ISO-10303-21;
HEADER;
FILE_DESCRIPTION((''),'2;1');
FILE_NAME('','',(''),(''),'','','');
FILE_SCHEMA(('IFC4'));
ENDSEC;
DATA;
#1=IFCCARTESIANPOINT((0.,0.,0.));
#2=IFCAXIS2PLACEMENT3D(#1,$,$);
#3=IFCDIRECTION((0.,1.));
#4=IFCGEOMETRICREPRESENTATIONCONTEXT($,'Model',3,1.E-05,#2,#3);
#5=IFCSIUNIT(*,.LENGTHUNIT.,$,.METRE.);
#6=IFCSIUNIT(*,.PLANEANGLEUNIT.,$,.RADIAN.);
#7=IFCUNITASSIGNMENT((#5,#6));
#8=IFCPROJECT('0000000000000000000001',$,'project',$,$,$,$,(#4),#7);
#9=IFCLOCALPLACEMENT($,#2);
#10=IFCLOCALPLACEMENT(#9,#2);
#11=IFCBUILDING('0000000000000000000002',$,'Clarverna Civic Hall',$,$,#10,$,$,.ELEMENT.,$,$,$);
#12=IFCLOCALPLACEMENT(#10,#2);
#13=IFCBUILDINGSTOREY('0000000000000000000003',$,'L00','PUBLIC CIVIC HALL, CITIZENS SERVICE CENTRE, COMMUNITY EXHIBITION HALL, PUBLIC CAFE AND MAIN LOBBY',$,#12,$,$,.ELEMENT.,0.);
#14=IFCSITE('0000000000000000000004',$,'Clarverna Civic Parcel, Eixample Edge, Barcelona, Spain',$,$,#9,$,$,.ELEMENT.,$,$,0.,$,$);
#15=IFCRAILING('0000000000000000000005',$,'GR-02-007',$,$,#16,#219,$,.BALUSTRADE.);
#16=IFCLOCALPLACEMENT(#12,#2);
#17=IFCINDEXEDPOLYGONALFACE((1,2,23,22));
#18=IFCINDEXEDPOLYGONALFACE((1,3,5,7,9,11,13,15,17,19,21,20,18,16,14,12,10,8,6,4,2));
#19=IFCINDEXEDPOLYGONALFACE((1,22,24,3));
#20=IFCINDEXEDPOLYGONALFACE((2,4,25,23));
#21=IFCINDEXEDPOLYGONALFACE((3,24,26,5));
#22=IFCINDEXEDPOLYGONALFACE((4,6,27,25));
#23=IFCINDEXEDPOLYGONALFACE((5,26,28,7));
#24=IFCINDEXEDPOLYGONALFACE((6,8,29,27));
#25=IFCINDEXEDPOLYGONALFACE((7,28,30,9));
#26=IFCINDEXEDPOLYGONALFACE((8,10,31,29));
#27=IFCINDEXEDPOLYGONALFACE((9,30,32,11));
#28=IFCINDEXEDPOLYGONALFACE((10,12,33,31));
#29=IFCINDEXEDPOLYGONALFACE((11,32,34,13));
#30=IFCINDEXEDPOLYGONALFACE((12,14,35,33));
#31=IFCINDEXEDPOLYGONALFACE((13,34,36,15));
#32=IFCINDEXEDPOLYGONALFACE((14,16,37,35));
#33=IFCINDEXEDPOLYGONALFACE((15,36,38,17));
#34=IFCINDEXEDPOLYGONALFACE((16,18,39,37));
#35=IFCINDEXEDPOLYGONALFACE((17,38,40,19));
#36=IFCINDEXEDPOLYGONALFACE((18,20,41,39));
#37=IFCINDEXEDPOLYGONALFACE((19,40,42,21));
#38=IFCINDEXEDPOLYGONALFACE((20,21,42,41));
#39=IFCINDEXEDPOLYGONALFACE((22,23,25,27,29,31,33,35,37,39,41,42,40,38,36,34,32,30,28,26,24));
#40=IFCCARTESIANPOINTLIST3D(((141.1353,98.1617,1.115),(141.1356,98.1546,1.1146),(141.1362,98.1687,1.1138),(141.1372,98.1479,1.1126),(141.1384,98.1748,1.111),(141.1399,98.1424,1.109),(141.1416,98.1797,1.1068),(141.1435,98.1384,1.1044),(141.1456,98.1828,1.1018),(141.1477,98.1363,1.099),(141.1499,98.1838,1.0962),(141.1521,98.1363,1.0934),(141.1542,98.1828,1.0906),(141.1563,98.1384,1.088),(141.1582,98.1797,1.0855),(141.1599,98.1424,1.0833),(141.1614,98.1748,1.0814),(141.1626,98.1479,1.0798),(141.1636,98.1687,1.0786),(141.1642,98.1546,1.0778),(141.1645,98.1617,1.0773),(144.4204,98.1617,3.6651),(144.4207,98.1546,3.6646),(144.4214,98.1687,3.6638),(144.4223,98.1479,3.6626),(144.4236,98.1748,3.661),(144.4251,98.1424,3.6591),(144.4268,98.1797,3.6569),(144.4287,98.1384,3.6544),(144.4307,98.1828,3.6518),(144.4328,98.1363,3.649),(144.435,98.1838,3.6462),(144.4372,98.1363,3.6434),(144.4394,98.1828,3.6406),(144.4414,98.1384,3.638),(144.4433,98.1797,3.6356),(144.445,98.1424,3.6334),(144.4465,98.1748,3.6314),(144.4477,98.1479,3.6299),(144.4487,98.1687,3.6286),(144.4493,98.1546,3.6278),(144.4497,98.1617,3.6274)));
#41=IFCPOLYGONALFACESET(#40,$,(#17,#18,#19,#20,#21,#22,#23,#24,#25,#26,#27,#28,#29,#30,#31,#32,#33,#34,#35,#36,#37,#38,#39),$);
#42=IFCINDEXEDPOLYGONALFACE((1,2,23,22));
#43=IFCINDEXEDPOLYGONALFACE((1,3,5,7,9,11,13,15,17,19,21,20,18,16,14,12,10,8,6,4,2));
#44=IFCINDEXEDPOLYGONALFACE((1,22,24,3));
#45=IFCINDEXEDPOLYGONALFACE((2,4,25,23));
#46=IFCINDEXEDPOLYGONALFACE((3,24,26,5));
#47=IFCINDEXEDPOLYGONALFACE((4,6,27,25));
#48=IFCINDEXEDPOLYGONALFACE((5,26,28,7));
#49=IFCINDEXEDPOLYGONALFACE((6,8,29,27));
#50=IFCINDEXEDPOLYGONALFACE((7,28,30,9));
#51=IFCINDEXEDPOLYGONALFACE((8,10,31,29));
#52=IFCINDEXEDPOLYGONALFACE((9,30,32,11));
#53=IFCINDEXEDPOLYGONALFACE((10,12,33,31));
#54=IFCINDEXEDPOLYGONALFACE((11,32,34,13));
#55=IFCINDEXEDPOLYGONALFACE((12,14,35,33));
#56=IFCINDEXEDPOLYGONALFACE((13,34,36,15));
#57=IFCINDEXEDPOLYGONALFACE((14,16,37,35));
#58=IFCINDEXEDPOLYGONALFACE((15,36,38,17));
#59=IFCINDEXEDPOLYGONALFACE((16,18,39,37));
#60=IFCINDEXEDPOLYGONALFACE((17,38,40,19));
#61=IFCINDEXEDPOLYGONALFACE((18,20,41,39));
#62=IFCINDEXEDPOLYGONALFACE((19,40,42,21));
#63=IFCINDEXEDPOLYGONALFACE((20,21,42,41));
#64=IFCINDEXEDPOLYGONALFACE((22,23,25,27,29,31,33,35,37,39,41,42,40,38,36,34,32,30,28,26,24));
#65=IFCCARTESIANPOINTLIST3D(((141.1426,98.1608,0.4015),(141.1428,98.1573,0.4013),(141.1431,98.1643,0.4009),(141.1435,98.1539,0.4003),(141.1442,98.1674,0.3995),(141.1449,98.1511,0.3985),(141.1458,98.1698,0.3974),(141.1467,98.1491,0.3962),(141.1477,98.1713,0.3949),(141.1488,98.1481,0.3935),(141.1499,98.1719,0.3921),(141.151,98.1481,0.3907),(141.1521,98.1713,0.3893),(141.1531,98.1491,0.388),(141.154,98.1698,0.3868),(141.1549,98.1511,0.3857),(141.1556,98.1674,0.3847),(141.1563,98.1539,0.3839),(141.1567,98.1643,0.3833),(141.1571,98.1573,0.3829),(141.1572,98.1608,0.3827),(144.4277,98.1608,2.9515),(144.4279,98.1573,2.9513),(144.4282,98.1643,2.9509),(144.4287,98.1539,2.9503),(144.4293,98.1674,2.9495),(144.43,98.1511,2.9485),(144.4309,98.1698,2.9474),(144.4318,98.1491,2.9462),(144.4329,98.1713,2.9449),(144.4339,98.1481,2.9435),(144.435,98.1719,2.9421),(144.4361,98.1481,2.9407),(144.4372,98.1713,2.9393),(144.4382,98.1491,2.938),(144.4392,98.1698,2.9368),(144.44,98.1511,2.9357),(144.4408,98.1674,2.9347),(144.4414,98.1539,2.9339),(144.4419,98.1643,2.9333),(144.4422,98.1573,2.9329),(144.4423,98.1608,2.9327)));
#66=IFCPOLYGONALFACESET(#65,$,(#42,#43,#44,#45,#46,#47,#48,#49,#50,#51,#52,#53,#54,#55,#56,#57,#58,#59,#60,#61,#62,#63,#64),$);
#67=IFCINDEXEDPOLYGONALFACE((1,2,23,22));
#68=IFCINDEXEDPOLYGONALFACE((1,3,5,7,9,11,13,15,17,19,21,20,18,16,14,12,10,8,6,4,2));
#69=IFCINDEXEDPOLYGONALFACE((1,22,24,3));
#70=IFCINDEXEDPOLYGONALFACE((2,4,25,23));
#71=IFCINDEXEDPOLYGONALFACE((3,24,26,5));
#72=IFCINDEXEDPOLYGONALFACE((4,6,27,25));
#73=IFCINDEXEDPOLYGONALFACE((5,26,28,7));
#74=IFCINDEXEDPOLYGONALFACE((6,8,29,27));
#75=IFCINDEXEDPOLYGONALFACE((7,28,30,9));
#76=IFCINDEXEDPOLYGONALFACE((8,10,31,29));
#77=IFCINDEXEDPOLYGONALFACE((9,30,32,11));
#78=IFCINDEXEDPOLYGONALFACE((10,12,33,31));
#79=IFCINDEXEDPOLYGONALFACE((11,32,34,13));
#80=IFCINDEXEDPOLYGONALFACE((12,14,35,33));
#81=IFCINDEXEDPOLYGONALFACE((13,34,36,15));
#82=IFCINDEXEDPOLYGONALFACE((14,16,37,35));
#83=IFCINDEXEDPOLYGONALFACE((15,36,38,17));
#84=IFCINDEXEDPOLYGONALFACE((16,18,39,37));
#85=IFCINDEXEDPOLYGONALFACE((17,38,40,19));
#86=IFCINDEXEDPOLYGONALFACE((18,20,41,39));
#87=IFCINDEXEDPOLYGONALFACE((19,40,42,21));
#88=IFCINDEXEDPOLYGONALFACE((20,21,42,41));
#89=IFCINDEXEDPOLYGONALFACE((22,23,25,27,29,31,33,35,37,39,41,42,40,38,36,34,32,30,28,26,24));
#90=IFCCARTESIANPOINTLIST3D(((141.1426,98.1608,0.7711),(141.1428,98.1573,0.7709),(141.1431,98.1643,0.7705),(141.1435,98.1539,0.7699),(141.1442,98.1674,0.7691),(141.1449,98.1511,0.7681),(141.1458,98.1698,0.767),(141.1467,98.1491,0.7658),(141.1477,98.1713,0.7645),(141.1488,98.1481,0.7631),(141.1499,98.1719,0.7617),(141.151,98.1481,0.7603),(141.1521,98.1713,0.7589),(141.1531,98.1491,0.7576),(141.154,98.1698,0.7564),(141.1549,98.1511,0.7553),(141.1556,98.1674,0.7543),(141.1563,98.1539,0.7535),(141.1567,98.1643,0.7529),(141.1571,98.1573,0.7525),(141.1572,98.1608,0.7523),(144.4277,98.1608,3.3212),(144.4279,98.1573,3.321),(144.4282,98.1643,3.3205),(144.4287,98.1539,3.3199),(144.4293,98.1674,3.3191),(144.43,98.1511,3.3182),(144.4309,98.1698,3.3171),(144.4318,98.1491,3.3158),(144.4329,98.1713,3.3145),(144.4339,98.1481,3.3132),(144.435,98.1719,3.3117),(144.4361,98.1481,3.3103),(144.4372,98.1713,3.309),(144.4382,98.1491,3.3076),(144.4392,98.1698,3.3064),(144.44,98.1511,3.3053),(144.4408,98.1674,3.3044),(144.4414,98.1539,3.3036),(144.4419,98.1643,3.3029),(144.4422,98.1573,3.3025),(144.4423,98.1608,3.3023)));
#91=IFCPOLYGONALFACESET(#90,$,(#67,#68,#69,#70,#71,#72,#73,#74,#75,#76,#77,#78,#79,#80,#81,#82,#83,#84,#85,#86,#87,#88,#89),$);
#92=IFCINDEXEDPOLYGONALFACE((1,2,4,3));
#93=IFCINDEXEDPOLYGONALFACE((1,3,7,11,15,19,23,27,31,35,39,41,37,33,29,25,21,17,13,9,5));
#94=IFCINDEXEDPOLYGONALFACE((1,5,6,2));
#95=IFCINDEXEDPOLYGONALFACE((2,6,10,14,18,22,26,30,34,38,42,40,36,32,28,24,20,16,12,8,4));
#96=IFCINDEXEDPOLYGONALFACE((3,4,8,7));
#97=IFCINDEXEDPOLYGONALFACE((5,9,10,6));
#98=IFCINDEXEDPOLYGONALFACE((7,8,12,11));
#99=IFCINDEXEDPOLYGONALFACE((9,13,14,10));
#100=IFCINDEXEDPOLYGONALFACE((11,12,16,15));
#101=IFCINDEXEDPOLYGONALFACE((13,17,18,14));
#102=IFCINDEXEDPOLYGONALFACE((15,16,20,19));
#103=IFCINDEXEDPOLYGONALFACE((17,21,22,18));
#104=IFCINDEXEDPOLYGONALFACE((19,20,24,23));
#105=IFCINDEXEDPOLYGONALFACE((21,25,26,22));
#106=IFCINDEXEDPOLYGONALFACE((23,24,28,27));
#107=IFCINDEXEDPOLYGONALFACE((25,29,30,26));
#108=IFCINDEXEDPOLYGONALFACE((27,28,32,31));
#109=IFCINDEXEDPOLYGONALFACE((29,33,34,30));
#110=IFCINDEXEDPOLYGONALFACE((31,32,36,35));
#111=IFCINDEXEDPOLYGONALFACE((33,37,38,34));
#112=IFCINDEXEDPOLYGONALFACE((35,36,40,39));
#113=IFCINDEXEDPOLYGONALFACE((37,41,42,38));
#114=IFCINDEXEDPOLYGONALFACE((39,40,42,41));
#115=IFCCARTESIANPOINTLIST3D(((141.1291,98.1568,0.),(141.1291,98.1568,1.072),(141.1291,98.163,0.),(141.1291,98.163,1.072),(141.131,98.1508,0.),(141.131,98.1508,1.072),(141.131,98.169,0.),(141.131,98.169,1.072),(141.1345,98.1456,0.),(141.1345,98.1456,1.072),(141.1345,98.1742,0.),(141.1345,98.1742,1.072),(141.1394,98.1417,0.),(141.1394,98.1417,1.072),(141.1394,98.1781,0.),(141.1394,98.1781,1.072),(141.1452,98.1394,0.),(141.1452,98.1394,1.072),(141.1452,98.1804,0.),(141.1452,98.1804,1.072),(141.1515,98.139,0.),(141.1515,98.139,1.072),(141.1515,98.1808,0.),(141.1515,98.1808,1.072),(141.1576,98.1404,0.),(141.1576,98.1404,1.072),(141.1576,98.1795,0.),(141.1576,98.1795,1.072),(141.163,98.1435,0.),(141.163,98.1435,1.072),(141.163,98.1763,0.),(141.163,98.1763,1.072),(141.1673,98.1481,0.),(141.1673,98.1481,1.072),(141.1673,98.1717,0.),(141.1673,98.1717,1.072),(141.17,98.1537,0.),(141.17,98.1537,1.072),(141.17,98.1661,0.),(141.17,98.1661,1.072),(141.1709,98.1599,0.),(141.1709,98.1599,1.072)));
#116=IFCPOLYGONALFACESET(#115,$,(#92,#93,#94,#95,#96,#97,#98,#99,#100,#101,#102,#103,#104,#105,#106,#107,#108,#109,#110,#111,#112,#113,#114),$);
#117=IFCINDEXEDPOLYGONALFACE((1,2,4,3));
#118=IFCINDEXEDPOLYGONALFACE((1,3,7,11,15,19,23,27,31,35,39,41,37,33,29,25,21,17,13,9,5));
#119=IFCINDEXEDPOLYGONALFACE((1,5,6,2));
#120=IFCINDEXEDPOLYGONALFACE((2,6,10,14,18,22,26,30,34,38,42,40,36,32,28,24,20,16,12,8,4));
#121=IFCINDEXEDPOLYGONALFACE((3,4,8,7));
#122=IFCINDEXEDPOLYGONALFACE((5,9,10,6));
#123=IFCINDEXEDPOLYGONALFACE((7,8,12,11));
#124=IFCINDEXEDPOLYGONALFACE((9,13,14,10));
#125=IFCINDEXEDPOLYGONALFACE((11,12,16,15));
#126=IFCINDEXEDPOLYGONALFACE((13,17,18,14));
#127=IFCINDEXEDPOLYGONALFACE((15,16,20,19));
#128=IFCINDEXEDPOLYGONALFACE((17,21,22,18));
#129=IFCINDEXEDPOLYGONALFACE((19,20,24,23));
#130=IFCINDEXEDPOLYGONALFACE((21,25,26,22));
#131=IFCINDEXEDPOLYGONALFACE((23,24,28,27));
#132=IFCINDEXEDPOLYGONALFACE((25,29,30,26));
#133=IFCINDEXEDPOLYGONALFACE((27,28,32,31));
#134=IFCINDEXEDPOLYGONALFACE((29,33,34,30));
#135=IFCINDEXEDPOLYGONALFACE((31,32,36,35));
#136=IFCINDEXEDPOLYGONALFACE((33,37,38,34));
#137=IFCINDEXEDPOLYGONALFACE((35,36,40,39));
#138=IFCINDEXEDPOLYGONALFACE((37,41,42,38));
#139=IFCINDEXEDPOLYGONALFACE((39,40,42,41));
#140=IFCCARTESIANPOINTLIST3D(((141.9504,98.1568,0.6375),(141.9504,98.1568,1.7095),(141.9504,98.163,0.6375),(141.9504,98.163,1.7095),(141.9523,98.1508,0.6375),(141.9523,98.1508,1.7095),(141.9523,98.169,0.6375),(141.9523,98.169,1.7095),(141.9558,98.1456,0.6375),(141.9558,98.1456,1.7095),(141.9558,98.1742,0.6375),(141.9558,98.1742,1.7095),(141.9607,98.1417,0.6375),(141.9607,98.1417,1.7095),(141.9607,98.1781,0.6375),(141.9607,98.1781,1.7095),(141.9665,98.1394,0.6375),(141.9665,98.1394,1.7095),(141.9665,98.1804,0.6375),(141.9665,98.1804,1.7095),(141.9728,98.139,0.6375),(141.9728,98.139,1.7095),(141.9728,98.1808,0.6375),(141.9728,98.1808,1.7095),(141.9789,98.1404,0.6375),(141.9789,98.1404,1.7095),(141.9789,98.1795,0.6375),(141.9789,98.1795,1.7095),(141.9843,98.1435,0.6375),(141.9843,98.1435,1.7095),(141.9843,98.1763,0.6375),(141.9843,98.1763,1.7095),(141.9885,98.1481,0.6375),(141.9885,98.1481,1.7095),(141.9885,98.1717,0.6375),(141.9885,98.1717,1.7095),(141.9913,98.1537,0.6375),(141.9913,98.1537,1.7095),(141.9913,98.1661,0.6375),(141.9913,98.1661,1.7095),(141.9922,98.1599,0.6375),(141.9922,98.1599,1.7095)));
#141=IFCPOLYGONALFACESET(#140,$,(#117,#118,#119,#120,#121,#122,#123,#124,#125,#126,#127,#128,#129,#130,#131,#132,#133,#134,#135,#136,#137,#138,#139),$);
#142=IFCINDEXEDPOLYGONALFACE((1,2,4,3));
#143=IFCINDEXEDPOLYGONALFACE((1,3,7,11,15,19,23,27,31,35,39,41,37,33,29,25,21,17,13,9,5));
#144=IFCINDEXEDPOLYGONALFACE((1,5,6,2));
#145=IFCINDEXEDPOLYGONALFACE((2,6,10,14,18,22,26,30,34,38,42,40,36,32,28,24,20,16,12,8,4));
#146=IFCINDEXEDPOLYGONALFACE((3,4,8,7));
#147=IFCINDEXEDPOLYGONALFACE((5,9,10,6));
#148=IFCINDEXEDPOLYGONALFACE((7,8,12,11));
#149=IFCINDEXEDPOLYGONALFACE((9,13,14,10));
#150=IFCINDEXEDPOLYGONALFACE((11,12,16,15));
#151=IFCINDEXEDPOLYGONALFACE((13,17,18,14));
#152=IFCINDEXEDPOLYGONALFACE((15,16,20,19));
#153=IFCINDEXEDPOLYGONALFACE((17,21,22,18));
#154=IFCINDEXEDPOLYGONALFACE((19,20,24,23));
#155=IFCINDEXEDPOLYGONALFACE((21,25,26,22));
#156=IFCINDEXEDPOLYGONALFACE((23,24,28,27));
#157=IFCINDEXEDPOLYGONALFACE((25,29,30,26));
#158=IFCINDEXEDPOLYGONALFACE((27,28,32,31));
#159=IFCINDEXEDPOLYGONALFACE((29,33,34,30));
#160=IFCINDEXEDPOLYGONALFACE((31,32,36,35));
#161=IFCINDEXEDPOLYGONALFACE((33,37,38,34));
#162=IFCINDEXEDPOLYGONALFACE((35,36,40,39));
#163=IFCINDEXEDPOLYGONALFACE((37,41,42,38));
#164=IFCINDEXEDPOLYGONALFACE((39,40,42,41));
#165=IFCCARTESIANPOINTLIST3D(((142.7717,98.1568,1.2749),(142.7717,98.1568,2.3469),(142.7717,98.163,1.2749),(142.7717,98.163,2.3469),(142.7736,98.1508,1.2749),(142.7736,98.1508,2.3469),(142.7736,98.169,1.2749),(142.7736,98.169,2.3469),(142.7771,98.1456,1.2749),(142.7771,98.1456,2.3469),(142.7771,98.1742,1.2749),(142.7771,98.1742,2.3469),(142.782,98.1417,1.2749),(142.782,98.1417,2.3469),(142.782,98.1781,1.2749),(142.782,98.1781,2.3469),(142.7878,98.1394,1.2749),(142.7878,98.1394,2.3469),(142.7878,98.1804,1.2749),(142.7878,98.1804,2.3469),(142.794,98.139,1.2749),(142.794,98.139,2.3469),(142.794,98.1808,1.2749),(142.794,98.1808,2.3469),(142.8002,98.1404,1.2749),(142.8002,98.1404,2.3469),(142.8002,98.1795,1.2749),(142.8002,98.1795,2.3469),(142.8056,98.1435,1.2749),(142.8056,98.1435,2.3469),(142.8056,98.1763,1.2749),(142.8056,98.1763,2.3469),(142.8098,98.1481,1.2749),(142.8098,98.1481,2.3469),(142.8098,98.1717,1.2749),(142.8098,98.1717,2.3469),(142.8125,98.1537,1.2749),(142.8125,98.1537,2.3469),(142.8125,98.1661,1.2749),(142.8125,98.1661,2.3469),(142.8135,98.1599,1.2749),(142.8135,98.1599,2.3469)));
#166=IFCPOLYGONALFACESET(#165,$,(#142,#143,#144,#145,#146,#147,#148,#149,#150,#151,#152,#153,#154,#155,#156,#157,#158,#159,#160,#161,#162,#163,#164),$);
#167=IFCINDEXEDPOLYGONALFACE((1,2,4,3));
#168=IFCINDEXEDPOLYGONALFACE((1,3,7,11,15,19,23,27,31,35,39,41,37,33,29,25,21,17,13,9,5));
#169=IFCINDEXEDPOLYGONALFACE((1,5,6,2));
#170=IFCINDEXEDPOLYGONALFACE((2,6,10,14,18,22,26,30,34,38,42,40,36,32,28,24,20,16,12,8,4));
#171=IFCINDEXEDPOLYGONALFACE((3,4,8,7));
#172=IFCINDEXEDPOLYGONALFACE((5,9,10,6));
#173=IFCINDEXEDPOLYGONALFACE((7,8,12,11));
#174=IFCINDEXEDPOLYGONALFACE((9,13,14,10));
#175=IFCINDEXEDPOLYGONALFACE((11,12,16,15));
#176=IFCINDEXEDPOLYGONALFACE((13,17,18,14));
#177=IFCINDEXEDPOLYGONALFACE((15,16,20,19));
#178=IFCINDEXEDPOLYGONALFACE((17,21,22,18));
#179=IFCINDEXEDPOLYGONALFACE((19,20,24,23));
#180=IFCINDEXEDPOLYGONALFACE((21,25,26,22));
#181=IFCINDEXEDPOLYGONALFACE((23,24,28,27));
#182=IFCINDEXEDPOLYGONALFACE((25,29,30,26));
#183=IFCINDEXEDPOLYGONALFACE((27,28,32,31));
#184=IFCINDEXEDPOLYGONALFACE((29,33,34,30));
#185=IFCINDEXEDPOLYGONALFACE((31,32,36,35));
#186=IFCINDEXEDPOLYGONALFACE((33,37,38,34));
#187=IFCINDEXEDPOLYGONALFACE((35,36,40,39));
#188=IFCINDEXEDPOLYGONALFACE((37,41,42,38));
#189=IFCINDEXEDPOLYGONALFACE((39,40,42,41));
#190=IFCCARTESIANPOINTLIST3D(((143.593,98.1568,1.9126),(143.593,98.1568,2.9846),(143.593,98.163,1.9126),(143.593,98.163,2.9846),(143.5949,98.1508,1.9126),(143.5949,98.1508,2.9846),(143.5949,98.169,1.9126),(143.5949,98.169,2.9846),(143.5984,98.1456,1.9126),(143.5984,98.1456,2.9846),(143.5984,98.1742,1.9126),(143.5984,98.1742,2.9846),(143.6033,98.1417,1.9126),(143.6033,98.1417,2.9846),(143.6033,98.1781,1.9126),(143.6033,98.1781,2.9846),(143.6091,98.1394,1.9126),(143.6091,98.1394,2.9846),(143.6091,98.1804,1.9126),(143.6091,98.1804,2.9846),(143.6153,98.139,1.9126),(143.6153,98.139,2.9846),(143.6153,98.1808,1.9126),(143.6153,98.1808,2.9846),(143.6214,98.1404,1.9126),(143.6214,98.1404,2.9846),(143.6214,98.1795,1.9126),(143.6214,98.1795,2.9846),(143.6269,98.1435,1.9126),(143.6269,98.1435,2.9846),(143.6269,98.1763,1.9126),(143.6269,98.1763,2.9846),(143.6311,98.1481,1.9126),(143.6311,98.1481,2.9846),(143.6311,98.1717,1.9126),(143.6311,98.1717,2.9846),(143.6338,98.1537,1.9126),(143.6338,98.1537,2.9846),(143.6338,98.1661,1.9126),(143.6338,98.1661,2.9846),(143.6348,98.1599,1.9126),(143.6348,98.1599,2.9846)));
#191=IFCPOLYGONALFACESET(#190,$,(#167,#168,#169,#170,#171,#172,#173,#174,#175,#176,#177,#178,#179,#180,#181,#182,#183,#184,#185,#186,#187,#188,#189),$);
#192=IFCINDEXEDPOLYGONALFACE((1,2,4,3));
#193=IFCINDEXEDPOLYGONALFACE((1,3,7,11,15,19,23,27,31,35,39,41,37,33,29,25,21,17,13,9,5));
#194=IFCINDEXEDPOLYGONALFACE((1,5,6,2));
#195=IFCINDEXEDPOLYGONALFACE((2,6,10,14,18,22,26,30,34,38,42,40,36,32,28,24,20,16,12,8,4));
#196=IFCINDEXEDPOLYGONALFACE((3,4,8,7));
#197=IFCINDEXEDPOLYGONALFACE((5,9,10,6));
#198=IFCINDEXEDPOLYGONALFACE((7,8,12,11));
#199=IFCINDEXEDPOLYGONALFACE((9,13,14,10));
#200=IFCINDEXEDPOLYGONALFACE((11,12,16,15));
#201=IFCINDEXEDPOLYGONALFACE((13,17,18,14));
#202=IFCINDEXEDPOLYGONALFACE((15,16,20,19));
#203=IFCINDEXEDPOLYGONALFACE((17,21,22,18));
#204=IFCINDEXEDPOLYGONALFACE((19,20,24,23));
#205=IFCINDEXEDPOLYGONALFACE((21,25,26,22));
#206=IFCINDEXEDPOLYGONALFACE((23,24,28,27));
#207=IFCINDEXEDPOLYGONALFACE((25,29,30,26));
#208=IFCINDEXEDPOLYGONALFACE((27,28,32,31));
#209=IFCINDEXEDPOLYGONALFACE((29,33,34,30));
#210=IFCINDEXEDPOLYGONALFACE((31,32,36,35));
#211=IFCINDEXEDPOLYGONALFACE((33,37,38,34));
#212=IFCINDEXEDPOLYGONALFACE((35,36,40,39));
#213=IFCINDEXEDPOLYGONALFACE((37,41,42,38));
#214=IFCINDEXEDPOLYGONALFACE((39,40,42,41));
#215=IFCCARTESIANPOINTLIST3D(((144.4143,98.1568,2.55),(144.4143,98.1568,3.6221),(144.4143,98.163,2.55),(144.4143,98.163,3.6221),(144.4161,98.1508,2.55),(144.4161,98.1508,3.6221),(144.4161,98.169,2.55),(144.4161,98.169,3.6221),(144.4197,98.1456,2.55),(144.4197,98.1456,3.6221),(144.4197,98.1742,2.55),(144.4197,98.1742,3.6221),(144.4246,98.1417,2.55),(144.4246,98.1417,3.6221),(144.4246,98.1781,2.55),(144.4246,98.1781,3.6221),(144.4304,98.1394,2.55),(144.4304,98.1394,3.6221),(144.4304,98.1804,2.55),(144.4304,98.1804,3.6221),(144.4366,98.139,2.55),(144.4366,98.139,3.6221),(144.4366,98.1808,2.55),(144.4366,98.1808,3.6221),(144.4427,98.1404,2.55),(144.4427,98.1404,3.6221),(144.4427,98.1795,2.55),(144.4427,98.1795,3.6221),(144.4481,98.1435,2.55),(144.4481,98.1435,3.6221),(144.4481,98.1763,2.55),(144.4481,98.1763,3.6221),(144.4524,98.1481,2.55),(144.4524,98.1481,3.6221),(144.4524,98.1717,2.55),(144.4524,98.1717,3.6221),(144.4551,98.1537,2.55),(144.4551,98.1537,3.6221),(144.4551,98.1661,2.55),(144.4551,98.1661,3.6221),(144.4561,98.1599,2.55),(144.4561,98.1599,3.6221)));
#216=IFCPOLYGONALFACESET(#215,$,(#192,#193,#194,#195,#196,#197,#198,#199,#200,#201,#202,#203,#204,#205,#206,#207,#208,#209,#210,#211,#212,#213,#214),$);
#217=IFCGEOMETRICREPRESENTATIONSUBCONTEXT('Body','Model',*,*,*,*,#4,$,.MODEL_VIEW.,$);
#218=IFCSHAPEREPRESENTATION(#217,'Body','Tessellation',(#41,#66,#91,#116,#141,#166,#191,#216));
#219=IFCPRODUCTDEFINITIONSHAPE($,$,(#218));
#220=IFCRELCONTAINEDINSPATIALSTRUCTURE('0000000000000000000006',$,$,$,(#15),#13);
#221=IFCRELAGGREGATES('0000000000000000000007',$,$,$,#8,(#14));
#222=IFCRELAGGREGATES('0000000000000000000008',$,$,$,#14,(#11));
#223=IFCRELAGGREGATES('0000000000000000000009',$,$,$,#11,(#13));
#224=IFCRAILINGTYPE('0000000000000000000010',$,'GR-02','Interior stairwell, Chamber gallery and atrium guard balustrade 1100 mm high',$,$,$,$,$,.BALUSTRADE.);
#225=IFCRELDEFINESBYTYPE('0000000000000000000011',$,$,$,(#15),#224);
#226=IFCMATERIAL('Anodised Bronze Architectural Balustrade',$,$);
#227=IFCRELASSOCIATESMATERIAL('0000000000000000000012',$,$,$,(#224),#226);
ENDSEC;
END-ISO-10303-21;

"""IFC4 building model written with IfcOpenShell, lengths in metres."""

from ifc_helpers import new_model, si_unit, direction, frame, origin, origin_2d, place, context, subcontext, project, spatial, circle, extrude, material, type_object, element, save


model = new_model("IFC4")

# Units and contexts
model_context = context("Model", 3, precision=1e-05, world=origin(), true_north=direction((0.0, 1.0)))
body_context = subcontext(model_context, "Body", "Model", "MODEL_VIEW")
ifc_project = project(units=[si_unit("LENGTHUNIT", "METRE"), si_unit("PLANEANGLEUNIT", "RADIAN")], contexts=[model_context])

# Site, building, storey
site_placement = place(None, origin())
site = spatial("IfcSite", under=ifc_project, at=site_placement, Name="Clarverna Civic Parcel, Eixample Edge, Barcelona, Spain", CompositionType="ELEMENT", RefElevation=0.0)
building_placement = place(site_placement, origin())
building = spatial("IfcBuilding", under=site, at=building_placement, Name="Clarverna Civic Hall", CompositionType="ELEMENT")
storey_placement = place(building_placement, origin())
storey = spatial("IfcBuildingStorey", under=building, at=storey_placement, Name="L00", Description="PUBLIC CIVIC HALL, CITIZENS SERVICE CENTRE, COMMUNITY EXHIBITION HALL, PUBLIC CAFE AND MAIN LOBBY", CompositionType="ELEMENT", Elevation=0.0)

# Railing
ifc_material_1 = material(Name="Anodised Bronze Architectural Balustrade")
railing_type_1 = type_object("IfcRailingType", Name="GR-02", Description="Interior stairwell, Chamber gallery and atrium guard balustrade 1100 mm high", PredefinedType="BALUSTRADE", material=ifc_material_1)
railing_1_placement = place(storey_placement, frame((141.1499, 98.1599, 0.0)))
element("IfcRailing", 1, at=railing_1_placement, inside=storey, type_object=railing_type_1, Name="GR-02-007", PredefinedType="BALUSTRADE", context=body_context, shape_type="SweptSolid", body=[
    extrude(circle(Radius=0.0239, at=origin_2d()), frame((0.0, 0.0, 1.0962), z_axis=(0.789943, 0.0, 0.61318), x_axis=(0.0, 1.0, 0.0)), (0.0, 0.0, 1.0), 4.1587),
    extrude(circle(Radius=0.012, at=origin_2d()), frame((0.0, 0.0, 0.3921), z_axis=(0.789943, 0.0, 0.61318), x_axis=(0.0, 1.0, 0.0)), (0.0, 0.0, 1.0), 4.1587),
    extrude(circle(Radius=0.012, at=origin_2d()), frame((0.0, 0.0, 0.7617), z_axis=(0.789943, 0.0, 0.61318), x_axis=(0.0, 1.0, 0.0)), (0.0, 0.0, 1.0), 4.1587),
    extrude(circle(Radius=0.021, at=origin_2d()), origin(), (0.0, 0.0, 1.0), 1.072),
    extrude(circle(Radius=0.021, at=origin_2d()), frame((0.8213, 0.0, 0.6375)), (0.0, 0.0, 1.0), 1.072),
    extrude(circle(Radius=0.021, at=origin_2d()), frame((1.6426, 0.0, 1.2749)), (0.0, 0.0, 1.0), 1.072),
    extrude(circle(Radius=0.021, at=origin_2d()), frame((2.4639, 0.0, 1.9126)), (0.0, 0.0, 1.0), 1.072),
    extrude(circle(Radius=0.021, at=origin_2d()), frame((3.2852, 0.0, 2.55)), (0.0, 0.0, 1.0), 1.072),
])

save(model, "model.ifc")
